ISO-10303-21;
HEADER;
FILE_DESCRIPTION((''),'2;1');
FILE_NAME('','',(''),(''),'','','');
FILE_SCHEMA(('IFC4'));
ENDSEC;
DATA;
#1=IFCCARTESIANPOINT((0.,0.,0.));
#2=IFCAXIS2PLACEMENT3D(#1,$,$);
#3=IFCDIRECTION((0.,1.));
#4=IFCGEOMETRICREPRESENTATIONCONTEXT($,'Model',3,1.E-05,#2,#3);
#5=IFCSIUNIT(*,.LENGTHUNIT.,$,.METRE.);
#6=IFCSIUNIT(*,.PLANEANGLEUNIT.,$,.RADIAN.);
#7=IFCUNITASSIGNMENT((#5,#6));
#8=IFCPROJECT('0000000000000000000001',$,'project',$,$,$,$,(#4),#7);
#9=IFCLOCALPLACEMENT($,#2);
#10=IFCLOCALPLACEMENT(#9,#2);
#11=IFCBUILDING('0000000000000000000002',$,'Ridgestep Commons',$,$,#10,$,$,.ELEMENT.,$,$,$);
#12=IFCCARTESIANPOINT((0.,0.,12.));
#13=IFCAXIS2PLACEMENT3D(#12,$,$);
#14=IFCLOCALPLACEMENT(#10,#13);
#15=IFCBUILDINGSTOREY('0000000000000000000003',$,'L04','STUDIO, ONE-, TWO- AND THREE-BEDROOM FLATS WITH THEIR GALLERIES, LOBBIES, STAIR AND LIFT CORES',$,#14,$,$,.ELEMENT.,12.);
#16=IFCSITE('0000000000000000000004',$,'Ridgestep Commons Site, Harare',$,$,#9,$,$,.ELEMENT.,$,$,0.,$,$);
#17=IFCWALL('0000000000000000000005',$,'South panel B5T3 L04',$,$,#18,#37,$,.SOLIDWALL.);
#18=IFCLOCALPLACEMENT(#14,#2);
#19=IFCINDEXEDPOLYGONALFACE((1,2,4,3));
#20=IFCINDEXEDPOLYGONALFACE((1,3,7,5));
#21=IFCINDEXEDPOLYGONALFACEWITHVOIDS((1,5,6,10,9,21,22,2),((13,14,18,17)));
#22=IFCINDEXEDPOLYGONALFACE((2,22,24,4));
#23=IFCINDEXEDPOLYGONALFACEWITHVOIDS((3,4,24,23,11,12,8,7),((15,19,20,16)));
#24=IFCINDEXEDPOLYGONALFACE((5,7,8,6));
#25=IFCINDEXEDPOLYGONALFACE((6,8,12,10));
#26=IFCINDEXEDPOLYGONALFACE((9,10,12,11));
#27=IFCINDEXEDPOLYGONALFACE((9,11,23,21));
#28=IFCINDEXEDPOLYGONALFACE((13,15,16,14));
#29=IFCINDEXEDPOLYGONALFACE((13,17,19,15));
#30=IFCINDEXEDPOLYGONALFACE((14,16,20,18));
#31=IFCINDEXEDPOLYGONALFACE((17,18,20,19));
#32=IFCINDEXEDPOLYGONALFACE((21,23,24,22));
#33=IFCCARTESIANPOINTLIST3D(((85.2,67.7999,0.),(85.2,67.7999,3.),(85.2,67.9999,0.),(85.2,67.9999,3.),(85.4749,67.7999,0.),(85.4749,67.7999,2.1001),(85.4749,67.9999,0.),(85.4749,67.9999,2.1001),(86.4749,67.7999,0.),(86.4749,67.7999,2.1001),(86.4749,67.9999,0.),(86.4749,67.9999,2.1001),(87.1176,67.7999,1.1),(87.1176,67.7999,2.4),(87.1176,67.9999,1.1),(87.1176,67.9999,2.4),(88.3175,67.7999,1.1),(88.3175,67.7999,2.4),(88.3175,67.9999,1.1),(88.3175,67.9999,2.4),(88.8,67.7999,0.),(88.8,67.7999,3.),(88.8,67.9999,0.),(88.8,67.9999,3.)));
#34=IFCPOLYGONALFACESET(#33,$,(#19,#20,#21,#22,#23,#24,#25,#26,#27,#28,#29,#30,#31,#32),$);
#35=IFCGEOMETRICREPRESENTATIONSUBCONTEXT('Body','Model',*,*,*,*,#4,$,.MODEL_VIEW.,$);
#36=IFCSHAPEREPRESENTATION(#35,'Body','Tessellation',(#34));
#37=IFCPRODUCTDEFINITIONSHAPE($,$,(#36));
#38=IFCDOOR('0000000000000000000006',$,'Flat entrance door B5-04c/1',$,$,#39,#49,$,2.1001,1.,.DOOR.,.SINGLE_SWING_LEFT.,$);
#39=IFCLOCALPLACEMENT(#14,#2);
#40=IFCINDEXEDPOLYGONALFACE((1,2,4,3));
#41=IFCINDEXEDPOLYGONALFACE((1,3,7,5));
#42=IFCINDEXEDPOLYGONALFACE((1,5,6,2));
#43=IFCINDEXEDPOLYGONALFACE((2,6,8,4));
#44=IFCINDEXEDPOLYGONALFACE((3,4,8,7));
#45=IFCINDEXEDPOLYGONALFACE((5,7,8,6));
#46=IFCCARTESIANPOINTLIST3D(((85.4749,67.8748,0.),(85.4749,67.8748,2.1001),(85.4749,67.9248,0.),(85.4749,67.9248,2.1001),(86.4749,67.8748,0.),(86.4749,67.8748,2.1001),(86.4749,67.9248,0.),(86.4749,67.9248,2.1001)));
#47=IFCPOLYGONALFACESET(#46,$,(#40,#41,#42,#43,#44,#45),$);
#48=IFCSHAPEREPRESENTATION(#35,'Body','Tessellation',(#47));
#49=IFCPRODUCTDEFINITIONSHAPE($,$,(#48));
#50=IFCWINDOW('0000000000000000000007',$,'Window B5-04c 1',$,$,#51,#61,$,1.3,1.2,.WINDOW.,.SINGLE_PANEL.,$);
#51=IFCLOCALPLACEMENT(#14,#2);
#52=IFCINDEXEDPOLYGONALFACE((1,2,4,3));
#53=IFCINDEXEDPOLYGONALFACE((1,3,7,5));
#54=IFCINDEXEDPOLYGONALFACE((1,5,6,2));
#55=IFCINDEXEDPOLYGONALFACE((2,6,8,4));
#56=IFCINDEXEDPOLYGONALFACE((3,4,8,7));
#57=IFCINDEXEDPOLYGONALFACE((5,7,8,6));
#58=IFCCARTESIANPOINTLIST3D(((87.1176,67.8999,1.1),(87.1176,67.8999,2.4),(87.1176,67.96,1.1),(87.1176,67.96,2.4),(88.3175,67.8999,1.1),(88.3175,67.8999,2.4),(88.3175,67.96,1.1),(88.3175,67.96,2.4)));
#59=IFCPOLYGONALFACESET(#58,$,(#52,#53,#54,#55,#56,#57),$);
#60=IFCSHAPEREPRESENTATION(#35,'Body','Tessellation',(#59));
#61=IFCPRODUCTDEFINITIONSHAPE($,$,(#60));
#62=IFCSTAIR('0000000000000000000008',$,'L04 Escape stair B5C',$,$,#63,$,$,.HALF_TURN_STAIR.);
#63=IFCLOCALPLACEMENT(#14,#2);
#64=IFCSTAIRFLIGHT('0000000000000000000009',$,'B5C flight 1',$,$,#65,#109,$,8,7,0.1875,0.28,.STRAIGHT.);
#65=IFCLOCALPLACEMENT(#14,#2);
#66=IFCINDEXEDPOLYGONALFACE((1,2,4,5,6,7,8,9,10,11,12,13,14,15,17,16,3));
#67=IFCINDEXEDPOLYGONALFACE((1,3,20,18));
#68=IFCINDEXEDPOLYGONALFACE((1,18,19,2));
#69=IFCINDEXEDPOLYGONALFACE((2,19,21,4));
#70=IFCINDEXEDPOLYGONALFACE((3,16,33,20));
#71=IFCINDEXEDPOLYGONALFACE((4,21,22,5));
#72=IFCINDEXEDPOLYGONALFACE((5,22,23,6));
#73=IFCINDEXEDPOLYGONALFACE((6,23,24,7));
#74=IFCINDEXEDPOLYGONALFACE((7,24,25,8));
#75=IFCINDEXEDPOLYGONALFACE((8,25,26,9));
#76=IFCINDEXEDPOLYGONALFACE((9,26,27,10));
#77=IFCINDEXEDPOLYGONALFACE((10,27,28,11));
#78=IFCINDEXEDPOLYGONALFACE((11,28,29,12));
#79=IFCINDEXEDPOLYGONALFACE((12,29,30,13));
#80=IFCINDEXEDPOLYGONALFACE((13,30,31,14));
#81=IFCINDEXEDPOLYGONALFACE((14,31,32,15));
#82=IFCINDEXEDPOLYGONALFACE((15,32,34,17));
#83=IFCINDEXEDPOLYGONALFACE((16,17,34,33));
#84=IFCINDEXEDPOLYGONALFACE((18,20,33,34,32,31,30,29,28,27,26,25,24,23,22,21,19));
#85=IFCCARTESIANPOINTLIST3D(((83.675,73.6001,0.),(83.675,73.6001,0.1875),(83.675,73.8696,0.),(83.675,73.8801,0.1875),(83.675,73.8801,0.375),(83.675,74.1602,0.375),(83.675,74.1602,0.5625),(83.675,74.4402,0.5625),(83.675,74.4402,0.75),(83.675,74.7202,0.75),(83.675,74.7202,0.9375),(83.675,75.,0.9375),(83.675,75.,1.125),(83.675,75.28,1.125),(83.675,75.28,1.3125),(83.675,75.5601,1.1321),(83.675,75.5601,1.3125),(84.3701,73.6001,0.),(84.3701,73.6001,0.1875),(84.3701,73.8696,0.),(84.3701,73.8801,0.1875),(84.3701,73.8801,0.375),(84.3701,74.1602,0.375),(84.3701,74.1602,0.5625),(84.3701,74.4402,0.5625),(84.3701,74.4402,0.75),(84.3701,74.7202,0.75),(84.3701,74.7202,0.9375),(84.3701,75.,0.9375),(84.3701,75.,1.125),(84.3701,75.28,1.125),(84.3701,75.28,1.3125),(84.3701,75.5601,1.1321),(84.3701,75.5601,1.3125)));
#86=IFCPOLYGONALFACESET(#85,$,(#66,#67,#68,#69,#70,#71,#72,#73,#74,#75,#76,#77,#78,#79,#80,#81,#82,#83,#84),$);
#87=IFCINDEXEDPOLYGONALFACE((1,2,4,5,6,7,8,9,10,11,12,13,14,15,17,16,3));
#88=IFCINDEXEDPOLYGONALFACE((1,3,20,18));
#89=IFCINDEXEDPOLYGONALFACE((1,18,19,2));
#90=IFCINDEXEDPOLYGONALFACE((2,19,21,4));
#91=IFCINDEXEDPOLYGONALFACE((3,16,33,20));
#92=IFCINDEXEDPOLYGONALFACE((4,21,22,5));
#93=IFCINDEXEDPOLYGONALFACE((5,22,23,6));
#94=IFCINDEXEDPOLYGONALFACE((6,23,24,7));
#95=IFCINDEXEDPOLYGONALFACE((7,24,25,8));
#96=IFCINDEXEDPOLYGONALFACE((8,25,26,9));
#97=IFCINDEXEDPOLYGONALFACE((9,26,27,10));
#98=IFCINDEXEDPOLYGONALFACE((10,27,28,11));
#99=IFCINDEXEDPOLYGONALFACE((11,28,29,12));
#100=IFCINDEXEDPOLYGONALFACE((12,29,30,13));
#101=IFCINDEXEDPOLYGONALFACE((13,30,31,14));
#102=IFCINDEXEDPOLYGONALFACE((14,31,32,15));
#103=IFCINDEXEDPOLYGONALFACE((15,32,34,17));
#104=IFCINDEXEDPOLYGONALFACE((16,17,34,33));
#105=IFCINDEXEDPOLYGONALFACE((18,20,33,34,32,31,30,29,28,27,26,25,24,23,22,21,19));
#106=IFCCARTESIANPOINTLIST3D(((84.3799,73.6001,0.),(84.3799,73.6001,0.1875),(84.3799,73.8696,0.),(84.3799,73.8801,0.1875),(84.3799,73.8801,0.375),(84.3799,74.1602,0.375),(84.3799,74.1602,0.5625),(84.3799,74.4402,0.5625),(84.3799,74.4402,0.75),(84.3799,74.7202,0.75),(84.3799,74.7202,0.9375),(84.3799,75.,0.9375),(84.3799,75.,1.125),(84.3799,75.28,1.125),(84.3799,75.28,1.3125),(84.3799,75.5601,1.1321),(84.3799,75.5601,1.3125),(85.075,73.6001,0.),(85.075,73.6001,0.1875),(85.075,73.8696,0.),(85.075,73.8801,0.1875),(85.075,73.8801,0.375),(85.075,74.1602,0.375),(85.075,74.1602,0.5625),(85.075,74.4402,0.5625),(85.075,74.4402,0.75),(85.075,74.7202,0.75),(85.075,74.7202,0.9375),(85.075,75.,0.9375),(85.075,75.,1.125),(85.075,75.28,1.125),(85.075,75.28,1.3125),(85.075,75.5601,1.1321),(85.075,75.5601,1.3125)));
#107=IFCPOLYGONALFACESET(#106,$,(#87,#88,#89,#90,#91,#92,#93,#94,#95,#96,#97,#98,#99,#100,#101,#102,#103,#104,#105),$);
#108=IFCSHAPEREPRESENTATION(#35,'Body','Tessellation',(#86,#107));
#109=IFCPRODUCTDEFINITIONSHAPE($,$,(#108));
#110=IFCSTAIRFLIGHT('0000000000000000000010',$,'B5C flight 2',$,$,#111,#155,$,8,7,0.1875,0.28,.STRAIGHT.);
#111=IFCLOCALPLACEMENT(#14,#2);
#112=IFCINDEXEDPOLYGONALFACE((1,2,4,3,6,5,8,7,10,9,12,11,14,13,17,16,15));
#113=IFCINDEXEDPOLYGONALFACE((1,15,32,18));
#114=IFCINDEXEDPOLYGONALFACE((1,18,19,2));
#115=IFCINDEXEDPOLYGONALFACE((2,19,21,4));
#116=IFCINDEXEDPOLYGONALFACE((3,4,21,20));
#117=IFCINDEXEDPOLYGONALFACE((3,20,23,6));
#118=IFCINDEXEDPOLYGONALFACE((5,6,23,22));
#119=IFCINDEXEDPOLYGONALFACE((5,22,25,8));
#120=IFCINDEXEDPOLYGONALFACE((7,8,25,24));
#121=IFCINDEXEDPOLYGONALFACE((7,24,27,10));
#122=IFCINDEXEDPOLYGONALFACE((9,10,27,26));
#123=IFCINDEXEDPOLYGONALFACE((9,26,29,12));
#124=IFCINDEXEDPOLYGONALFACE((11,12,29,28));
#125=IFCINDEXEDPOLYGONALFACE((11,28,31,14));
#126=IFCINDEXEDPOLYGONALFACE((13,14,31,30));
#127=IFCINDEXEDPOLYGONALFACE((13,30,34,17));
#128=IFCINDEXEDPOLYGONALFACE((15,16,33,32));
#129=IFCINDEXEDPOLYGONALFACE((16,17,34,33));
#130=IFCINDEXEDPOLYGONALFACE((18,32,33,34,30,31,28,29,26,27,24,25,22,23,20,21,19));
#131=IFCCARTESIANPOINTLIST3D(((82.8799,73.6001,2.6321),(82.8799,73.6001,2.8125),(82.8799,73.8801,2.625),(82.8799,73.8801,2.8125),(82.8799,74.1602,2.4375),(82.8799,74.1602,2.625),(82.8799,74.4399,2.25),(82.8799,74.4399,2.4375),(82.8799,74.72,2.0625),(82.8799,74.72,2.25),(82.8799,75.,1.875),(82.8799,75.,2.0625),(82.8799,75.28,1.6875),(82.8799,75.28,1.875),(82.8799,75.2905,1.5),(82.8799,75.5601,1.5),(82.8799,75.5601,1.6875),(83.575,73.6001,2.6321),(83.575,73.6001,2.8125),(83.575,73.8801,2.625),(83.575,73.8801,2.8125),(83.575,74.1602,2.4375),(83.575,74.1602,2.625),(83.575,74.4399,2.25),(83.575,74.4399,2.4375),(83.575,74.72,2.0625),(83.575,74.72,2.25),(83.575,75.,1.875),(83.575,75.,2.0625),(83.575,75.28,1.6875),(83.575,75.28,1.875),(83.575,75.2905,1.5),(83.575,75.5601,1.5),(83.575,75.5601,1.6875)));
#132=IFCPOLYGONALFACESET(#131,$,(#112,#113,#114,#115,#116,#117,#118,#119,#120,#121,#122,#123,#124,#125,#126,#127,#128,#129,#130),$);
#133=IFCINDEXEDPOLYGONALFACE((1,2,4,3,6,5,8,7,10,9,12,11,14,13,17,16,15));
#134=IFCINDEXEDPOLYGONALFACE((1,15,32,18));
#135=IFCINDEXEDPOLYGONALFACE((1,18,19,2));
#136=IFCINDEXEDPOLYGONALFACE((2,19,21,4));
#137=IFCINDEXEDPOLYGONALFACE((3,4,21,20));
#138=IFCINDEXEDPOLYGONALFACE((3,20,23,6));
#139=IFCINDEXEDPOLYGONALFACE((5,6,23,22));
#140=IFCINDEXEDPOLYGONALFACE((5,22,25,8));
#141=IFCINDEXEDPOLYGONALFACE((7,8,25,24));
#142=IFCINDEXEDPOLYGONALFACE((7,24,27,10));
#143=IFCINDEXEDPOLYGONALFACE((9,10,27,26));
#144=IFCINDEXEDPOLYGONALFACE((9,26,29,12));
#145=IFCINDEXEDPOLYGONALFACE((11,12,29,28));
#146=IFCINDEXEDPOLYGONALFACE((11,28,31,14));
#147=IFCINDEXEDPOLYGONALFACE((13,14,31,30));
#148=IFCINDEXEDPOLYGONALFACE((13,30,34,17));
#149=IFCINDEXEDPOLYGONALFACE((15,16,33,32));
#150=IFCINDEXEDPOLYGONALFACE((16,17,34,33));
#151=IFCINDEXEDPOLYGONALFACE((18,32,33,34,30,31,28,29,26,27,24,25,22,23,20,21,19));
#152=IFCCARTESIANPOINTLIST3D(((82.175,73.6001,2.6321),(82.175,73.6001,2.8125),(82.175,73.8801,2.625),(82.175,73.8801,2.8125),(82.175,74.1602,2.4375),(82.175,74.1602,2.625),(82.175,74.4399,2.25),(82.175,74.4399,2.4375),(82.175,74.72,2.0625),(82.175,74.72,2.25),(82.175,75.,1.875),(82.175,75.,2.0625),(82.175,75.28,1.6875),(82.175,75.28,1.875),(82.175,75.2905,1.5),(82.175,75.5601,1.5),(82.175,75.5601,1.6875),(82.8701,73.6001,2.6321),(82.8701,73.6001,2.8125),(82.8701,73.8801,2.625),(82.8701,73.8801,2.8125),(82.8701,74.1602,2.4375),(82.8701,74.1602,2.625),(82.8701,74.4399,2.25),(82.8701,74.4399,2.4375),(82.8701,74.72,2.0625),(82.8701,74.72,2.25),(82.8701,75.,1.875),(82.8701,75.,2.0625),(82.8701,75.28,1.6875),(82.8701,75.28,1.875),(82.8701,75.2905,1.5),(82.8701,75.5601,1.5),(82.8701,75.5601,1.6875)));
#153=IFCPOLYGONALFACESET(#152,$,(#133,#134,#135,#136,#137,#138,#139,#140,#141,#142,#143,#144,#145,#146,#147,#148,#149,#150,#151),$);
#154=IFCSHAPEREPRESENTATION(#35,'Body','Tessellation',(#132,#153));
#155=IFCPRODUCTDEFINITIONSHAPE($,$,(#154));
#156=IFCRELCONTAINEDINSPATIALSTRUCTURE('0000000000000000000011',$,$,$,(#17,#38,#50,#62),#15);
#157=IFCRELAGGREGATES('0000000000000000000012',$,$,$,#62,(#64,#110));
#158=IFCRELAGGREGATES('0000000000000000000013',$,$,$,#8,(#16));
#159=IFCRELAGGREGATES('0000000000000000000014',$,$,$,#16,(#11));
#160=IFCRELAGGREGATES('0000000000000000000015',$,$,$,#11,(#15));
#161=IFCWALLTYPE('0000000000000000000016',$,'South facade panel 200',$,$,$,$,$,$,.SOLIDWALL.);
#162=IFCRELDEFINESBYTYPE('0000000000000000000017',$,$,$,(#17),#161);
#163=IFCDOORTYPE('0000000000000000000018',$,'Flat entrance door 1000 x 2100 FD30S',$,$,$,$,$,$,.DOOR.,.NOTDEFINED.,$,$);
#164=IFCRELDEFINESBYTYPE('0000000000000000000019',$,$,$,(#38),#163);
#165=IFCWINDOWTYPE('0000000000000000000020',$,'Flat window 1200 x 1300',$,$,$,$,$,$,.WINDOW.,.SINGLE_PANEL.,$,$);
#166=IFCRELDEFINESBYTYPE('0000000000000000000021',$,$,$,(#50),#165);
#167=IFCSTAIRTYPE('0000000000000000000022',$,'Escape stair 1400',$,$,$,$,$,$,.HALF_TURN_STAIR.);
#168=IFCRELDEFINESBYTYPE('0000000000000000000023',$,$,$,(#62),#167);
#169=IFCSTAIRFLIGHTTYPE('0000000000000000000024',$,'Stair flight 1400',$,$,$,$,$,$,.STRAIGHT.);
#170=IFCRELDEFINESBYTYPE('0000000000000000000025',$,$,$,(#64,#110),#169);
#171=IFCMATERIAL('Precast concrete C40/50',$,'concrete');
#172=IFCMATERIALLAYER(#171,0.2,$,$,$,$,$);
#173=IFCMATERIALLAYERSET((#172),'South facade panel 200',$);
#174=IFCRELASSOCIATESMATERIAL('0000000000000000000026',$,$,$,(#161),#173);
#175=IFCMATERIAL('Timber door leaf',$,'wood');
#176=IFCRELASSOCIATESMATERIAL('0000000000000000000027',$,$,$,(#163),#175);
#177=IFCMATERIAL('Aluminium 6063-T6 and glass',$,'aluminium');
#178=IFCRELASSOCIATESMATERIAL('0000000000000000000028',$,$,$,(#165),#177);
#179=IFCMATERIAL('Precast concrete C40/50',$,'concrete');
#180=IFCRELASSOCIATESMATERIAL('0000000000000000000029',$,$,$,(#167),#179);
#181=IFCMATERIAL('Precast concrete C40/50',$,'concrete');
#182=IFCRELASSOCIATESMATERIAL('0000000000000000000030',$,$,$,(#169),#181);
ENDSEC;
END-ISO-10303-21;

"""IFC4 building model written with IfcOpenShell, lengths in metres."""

from ifc_helpers import new_model, si_unit, direction, frame, frame_2d, origin, place, context, subcontext, project, spatial, polyline, rectangle, outline, extrude, material, layer, layer_set, type_object, element, fill, aggregate, save


model = new_model("IFC4")

# Units and contexts
model_context = context("Model", 3, precision=1e-05, world=origin(), true_north=direction((0.0, 1.0)))
body_context = subcontext(model_context, "Body", "Model", "MODEL_VIEW")
ifc_project = project(units=[si_unit("LENGTHUNIT", "METRE"), si_unit("PLANEANGLEUNIT", "RADIAN")], contexts=[model_context])

# Site, building, storey
site_placement = place(None, origin())
site = spatial("IfcSite", under=ifc_project, at=site_placement, Name="Ridgestep Commons Site, Harare", CompositionType="ELEMENT", RefElevation=0.0)
building_placement = place(site_placement, origin())
building = spatial("IfcBuilding", under=site, at=building_placement, Name="Ridgestep Commons", CompositionType="ELEMENT")
storey_placement = place(building_placement, frame((0.0, 0.0, 12.0)))
storey = spatial("IfcBuildingStorey", under=building, at=storey_placement, Name="L04", Description="STUDIO, ONE-, TWO- AND THREE-BEDROOM FLATS WITH THEIR GALLERIES, LOBBIES, STAIR AND LIFT CORES", CompositionType="ELEMENT", Elevation=12.0)

# Wall, openings, door, window
ifc_material_1 = material(Name="Precast concrete C40/50", Category="concrete")
ifc_layer_1 = layer(ifc_material_1, 0.2)
ifc_layer_set_1 = layer_set([ifc_layer_1], Name="South facade panel 200")
wall_type_1 = type_object("IfcWallType", Name="South facade panel 200", PredefinedType="SOLIDWALL", material=ifc_layer_set_1)
wall_1_placement = place(storey_placement, frame((85.2, 67.8999, 0.0), z_axis=(0.0, 0.0, 1.0), x_axis=(1.0, 0.0, 0.0)))
wall_1 = element("IfcWall", 1, at=wall_1_placement, inside=storey, type_object=wall_type_1, Name="South panel B5T3 L04", PredefinedType="SOLIDWALL", context=body_context, shape_type="SweptSolid", body=[
    extrude(rectangle(XDim=3.6001, YDim=0.2, at=frame_2d((1.8, 0.0))), origin(), (0.0, 0.0, 1.0), 3.0),
])
opening_1_placement = place(wall_1_placement, frame((1.9175, 0.0, 1.1001)))
opening_1 = element("IfcOpeningElement", 2, at=opening_1_placement, cuts=wall_1, PredefinedType="OPENING", context=body_context, shape_type="SweptSolid", body=[
    extrude(rectangle(XDim=1.2, YDim=1.3, at=frame_2d((0.6001, 0.6499))), frame((0.0, 0.1099, 0.0), z_axis=(0.0, -1.0, 0.0), x_axis=(1.0, 0.0, 0.0)), (0.0, 0.0, 1.0), 0.22),
])
opening_2_placement = place(wall_1_placement, frame((0.2749, 0.0, 0.0)))
opening_2 = element("IfcOpeningElement", 3, at=opening_2_placement, cuts=wall_1, PredefinedType="OPENING", context=body_context, shape_type="SweptSolid", body=[
    extrude(rectangle(XDim=1.0, YDim=2.1001, at=frame_2d((0.5, 1.05))), frame((0.0, 0.1099, 0.0), z_axis=(0.0, -1.0, 0.0), x_axis=(1.0, 0.0, 0.0)), (0.0, 0.0, 1.0), 0.22),
])
ifc_material_2 = material(Name="Timber door leaf", Category="wood")
door_type_1 = type_object("IfcDoorType", Name="Flat entrance door 1000 x 2100 FD30S", OperationType="NOTDEFINED", PredefinedType="DOOR", material=ifc_material_2)
door_1_placement = place(opening_2_placement, origin())
door_1 = element("IfcDoor", 4, at=door_1_placement, inside=storey, type_object=door_type_1, Name="Flat entrance door B5-04c/1", OperationType="SINGLE_SWING_LEFT", OverallHeight=2.1001, OverallWidth=1.0, PredefinedType="DOOR", context=body_context, shape_type="SweptSolid", body=[
    extrude(rectangle(XDim=1.0, YDim=2.1001, at=frame_2d((0.5, 1.05))), frame((0.0, 0.0249, 0.0), z_axis=(0.0, -1.0, 0.0), x_axis=(1.0, 0.0, 0.0)), (0.0, 0.0, 1.0), 0.05),
])
fill(opening_2, door_1)
ifc_material_3 = material(Name="Aluminium 6063-T6 and glass", Category="aluminium")
window_type = type_object("IfcWindowType", Name="Flat window 1200 x 1300", PartitioningType="SINGLE_PANEL", PredefinedType="WINDOW", material=ifc_material_3)
window_placement = place(opening_1_placement, origin())
window = element("IfcWindow", 5, at=window_placement, inside=storey, type_object=window_type, Name="Window B5-04c 1", OverallHeight=1.3, OverallWidth=1.2, PartitioningType="SINGLE_PANEL", PredefinedType="WINDOW", context=body_context, shape_type="SweptSolid", body=[
    extrude(rectangle(XDim=1.2, YDim=1.3, at=frame_2d((0.6001, 0.6499))), frame((0.0, 0.0601, 0.0), z_axis=(0.0, -1.0, 0.0), x_axis=(1.0, 0.0, 0.0)), (0.0, 0.0, 1.0), 0.0601),
])
fill(opening_1, window)

# Stair, stair flights
ifc_material_4 = material(Name="Precast concrete C40/50", Category="concrete")
stair_type = type_object("IfcStairType", Name="Escape stair 1400", PredefinedType="HALF_TURN_STAIR", material=ifc_material_4)
stair_placement = place(storey_placement, origin())
stair = element("IfcStair", 6, at=stair_placement, inside=storey, type_object=stair_type, Name="L04 Escape stair B5C", PredefinedType="HALF_TURN_STAIR")
ifc_material_5 = material(Name="Precast concrete C40/50", Category="concrete")
stair_flight_type = type_object("IfcStairFlightType", Name="Stair flight 1400", PredefinedType="STRAIGHT", material=ifc_material_5)
stair_flight_1_placement = place(storey_placement, frame((84.375, 73.6001, 0.0), z_axis=(0.0, 0.0, 1.0), x_axis=(0.0, 1.0, 0.0)))
stair_flight_1 = element("IfcStairFlight", 7, at=stair_flight_1_placement, type_object=stair_flight_type, Name="B5C flight 1", NumberOfRisers=8, NumberOfTreads=7, PredefinedType="STRAIGHT", RiserHeight=0.1875, TreadLength=0.28, context=body_context, shape_type="SweptSolid", body=[
    extrude(outline(polyline([(0.0, 0.0), (0.0, 0.1875), (0.28, 0.1875), (0.28, 0.375), (0.5601, 0.375), (0.5601, 0.5625), (0.8401, 0.5625), (0.8401, 0.75), (1.1201, 0.75), (1.1201, 0.9375), (1.3999, 0.9375), (1.3999, 1.125), (1.6799, 1.125), (1.6799, 1.3125), (1.96, 1.3125), (1.96, 1.5), (1.96, 1.1321), (0.2695, 0.0), (0.0, 0.0)])), frame((0.0, 0.7, 0.0), z_axis=(0.0, -1.0, 0.0), x_axis=(1.0, 0.0, 0.0)), (0.0, 0.0, 1.0), 0.6951),
    extrude(outline(polyline([(0.0, 0.0), (0.0, 0.1875), (0.28, 0.1875), (0.28, 0.375), (0.5601, 0.375), (0.5601, 0.5625), (0.8401, 0.5625), (0.8401, 0.75), (1.1201, 0.75), (1.1201, 0.9375), (1.3999, 0.9375), (1.3999, 1.125), (1.6799, 1.125), (1.6799, 1.3125), (1.96, 1.3125), (1.96, 1.5), (1.96, 1.1321), (0.2695, 0.0), (0.0, 0.0)])), frame((0.0, -0.0049, 0.0), z_axis=(0.0, -1.0, 0.0), x_axis=(1.0, 0.0, 0.0)), (0.0, 0.0, 1.0), 0.6951),
])
stair_flight_2_placement = place(storey_placement, frame((82.875, 75.5601, 1.5), z_axis=(0.0, 0.0, 1.0), x_axis=(0.0, -1.0, 0.0)))
stair_flight_2 = element("IfcStairFlight", 8, at=stair_flight_2_placement, type_object=stair_flight_type, Name="B5C flight 2", NumberOfRisers=8, NumberOfTreads=7, PredefinedType="STRAIGHT", RiserHeight=0.1875, TreadLength=0.28, context=body_context, shape_type="SweptSolid", body=[
    extrude(outline(polyline([(0.0, 0.0), (0.0, 0.1875), (0.28, 0.1875), (0.28, 0.375), (0.5601, 0.375), (0.5601, 0.5625), (0.8401, 0.5625), (0.8401, 0.75), (1.1201, 0.75), (1.1201, 0.9375), (1.3999, 0.9375), (1.3999, 1.125), (1.6799, 1.125), (1.6799, 1.3125), (1.96, 1.3125), (1.96, 1.5), (1.96, 1.1321), (0.2695, 0.0), (0.0, 0.0)])), frame((0.0, 0.7, 0.0), z_axis=(0.0, -1.0, 0.0), x_axis=(1.0, 0.0, 0.0)), (0.0, 0.0, 1.0), 0.6951),
    extrude(outline(polyline([(0.0, 0.0), (0.0, 0.1875), (0.28, 0.1875), (0.28, 0.375), (0.5601, 0.375), (0.5601, 0.5625), (0.8401, 0.5625), (0.8401, 0.75), (1.1201, 0.75), (1.1201, 0.9375), (1.3999, 0.9375), (1.3999, 1.125), (1.6799, 1.125), (1.6799, 1.3125), (1.96, 1.3125), (1.96, 1.5), (1.96, 1.1321), (0.2695, 0.0), (0.0, 0.0)])), frame((0.0, -0.0049, 0.0), z_axis=(0.0, -1.0, 0.0), x_axis=(1.0, 0.0, 0.0)), (0.0, 0.0, 1.0), 0.6951),
])
aggregate(stair, [stair_flight_1, stair_flight_2])

save(model, "model.ifc")
